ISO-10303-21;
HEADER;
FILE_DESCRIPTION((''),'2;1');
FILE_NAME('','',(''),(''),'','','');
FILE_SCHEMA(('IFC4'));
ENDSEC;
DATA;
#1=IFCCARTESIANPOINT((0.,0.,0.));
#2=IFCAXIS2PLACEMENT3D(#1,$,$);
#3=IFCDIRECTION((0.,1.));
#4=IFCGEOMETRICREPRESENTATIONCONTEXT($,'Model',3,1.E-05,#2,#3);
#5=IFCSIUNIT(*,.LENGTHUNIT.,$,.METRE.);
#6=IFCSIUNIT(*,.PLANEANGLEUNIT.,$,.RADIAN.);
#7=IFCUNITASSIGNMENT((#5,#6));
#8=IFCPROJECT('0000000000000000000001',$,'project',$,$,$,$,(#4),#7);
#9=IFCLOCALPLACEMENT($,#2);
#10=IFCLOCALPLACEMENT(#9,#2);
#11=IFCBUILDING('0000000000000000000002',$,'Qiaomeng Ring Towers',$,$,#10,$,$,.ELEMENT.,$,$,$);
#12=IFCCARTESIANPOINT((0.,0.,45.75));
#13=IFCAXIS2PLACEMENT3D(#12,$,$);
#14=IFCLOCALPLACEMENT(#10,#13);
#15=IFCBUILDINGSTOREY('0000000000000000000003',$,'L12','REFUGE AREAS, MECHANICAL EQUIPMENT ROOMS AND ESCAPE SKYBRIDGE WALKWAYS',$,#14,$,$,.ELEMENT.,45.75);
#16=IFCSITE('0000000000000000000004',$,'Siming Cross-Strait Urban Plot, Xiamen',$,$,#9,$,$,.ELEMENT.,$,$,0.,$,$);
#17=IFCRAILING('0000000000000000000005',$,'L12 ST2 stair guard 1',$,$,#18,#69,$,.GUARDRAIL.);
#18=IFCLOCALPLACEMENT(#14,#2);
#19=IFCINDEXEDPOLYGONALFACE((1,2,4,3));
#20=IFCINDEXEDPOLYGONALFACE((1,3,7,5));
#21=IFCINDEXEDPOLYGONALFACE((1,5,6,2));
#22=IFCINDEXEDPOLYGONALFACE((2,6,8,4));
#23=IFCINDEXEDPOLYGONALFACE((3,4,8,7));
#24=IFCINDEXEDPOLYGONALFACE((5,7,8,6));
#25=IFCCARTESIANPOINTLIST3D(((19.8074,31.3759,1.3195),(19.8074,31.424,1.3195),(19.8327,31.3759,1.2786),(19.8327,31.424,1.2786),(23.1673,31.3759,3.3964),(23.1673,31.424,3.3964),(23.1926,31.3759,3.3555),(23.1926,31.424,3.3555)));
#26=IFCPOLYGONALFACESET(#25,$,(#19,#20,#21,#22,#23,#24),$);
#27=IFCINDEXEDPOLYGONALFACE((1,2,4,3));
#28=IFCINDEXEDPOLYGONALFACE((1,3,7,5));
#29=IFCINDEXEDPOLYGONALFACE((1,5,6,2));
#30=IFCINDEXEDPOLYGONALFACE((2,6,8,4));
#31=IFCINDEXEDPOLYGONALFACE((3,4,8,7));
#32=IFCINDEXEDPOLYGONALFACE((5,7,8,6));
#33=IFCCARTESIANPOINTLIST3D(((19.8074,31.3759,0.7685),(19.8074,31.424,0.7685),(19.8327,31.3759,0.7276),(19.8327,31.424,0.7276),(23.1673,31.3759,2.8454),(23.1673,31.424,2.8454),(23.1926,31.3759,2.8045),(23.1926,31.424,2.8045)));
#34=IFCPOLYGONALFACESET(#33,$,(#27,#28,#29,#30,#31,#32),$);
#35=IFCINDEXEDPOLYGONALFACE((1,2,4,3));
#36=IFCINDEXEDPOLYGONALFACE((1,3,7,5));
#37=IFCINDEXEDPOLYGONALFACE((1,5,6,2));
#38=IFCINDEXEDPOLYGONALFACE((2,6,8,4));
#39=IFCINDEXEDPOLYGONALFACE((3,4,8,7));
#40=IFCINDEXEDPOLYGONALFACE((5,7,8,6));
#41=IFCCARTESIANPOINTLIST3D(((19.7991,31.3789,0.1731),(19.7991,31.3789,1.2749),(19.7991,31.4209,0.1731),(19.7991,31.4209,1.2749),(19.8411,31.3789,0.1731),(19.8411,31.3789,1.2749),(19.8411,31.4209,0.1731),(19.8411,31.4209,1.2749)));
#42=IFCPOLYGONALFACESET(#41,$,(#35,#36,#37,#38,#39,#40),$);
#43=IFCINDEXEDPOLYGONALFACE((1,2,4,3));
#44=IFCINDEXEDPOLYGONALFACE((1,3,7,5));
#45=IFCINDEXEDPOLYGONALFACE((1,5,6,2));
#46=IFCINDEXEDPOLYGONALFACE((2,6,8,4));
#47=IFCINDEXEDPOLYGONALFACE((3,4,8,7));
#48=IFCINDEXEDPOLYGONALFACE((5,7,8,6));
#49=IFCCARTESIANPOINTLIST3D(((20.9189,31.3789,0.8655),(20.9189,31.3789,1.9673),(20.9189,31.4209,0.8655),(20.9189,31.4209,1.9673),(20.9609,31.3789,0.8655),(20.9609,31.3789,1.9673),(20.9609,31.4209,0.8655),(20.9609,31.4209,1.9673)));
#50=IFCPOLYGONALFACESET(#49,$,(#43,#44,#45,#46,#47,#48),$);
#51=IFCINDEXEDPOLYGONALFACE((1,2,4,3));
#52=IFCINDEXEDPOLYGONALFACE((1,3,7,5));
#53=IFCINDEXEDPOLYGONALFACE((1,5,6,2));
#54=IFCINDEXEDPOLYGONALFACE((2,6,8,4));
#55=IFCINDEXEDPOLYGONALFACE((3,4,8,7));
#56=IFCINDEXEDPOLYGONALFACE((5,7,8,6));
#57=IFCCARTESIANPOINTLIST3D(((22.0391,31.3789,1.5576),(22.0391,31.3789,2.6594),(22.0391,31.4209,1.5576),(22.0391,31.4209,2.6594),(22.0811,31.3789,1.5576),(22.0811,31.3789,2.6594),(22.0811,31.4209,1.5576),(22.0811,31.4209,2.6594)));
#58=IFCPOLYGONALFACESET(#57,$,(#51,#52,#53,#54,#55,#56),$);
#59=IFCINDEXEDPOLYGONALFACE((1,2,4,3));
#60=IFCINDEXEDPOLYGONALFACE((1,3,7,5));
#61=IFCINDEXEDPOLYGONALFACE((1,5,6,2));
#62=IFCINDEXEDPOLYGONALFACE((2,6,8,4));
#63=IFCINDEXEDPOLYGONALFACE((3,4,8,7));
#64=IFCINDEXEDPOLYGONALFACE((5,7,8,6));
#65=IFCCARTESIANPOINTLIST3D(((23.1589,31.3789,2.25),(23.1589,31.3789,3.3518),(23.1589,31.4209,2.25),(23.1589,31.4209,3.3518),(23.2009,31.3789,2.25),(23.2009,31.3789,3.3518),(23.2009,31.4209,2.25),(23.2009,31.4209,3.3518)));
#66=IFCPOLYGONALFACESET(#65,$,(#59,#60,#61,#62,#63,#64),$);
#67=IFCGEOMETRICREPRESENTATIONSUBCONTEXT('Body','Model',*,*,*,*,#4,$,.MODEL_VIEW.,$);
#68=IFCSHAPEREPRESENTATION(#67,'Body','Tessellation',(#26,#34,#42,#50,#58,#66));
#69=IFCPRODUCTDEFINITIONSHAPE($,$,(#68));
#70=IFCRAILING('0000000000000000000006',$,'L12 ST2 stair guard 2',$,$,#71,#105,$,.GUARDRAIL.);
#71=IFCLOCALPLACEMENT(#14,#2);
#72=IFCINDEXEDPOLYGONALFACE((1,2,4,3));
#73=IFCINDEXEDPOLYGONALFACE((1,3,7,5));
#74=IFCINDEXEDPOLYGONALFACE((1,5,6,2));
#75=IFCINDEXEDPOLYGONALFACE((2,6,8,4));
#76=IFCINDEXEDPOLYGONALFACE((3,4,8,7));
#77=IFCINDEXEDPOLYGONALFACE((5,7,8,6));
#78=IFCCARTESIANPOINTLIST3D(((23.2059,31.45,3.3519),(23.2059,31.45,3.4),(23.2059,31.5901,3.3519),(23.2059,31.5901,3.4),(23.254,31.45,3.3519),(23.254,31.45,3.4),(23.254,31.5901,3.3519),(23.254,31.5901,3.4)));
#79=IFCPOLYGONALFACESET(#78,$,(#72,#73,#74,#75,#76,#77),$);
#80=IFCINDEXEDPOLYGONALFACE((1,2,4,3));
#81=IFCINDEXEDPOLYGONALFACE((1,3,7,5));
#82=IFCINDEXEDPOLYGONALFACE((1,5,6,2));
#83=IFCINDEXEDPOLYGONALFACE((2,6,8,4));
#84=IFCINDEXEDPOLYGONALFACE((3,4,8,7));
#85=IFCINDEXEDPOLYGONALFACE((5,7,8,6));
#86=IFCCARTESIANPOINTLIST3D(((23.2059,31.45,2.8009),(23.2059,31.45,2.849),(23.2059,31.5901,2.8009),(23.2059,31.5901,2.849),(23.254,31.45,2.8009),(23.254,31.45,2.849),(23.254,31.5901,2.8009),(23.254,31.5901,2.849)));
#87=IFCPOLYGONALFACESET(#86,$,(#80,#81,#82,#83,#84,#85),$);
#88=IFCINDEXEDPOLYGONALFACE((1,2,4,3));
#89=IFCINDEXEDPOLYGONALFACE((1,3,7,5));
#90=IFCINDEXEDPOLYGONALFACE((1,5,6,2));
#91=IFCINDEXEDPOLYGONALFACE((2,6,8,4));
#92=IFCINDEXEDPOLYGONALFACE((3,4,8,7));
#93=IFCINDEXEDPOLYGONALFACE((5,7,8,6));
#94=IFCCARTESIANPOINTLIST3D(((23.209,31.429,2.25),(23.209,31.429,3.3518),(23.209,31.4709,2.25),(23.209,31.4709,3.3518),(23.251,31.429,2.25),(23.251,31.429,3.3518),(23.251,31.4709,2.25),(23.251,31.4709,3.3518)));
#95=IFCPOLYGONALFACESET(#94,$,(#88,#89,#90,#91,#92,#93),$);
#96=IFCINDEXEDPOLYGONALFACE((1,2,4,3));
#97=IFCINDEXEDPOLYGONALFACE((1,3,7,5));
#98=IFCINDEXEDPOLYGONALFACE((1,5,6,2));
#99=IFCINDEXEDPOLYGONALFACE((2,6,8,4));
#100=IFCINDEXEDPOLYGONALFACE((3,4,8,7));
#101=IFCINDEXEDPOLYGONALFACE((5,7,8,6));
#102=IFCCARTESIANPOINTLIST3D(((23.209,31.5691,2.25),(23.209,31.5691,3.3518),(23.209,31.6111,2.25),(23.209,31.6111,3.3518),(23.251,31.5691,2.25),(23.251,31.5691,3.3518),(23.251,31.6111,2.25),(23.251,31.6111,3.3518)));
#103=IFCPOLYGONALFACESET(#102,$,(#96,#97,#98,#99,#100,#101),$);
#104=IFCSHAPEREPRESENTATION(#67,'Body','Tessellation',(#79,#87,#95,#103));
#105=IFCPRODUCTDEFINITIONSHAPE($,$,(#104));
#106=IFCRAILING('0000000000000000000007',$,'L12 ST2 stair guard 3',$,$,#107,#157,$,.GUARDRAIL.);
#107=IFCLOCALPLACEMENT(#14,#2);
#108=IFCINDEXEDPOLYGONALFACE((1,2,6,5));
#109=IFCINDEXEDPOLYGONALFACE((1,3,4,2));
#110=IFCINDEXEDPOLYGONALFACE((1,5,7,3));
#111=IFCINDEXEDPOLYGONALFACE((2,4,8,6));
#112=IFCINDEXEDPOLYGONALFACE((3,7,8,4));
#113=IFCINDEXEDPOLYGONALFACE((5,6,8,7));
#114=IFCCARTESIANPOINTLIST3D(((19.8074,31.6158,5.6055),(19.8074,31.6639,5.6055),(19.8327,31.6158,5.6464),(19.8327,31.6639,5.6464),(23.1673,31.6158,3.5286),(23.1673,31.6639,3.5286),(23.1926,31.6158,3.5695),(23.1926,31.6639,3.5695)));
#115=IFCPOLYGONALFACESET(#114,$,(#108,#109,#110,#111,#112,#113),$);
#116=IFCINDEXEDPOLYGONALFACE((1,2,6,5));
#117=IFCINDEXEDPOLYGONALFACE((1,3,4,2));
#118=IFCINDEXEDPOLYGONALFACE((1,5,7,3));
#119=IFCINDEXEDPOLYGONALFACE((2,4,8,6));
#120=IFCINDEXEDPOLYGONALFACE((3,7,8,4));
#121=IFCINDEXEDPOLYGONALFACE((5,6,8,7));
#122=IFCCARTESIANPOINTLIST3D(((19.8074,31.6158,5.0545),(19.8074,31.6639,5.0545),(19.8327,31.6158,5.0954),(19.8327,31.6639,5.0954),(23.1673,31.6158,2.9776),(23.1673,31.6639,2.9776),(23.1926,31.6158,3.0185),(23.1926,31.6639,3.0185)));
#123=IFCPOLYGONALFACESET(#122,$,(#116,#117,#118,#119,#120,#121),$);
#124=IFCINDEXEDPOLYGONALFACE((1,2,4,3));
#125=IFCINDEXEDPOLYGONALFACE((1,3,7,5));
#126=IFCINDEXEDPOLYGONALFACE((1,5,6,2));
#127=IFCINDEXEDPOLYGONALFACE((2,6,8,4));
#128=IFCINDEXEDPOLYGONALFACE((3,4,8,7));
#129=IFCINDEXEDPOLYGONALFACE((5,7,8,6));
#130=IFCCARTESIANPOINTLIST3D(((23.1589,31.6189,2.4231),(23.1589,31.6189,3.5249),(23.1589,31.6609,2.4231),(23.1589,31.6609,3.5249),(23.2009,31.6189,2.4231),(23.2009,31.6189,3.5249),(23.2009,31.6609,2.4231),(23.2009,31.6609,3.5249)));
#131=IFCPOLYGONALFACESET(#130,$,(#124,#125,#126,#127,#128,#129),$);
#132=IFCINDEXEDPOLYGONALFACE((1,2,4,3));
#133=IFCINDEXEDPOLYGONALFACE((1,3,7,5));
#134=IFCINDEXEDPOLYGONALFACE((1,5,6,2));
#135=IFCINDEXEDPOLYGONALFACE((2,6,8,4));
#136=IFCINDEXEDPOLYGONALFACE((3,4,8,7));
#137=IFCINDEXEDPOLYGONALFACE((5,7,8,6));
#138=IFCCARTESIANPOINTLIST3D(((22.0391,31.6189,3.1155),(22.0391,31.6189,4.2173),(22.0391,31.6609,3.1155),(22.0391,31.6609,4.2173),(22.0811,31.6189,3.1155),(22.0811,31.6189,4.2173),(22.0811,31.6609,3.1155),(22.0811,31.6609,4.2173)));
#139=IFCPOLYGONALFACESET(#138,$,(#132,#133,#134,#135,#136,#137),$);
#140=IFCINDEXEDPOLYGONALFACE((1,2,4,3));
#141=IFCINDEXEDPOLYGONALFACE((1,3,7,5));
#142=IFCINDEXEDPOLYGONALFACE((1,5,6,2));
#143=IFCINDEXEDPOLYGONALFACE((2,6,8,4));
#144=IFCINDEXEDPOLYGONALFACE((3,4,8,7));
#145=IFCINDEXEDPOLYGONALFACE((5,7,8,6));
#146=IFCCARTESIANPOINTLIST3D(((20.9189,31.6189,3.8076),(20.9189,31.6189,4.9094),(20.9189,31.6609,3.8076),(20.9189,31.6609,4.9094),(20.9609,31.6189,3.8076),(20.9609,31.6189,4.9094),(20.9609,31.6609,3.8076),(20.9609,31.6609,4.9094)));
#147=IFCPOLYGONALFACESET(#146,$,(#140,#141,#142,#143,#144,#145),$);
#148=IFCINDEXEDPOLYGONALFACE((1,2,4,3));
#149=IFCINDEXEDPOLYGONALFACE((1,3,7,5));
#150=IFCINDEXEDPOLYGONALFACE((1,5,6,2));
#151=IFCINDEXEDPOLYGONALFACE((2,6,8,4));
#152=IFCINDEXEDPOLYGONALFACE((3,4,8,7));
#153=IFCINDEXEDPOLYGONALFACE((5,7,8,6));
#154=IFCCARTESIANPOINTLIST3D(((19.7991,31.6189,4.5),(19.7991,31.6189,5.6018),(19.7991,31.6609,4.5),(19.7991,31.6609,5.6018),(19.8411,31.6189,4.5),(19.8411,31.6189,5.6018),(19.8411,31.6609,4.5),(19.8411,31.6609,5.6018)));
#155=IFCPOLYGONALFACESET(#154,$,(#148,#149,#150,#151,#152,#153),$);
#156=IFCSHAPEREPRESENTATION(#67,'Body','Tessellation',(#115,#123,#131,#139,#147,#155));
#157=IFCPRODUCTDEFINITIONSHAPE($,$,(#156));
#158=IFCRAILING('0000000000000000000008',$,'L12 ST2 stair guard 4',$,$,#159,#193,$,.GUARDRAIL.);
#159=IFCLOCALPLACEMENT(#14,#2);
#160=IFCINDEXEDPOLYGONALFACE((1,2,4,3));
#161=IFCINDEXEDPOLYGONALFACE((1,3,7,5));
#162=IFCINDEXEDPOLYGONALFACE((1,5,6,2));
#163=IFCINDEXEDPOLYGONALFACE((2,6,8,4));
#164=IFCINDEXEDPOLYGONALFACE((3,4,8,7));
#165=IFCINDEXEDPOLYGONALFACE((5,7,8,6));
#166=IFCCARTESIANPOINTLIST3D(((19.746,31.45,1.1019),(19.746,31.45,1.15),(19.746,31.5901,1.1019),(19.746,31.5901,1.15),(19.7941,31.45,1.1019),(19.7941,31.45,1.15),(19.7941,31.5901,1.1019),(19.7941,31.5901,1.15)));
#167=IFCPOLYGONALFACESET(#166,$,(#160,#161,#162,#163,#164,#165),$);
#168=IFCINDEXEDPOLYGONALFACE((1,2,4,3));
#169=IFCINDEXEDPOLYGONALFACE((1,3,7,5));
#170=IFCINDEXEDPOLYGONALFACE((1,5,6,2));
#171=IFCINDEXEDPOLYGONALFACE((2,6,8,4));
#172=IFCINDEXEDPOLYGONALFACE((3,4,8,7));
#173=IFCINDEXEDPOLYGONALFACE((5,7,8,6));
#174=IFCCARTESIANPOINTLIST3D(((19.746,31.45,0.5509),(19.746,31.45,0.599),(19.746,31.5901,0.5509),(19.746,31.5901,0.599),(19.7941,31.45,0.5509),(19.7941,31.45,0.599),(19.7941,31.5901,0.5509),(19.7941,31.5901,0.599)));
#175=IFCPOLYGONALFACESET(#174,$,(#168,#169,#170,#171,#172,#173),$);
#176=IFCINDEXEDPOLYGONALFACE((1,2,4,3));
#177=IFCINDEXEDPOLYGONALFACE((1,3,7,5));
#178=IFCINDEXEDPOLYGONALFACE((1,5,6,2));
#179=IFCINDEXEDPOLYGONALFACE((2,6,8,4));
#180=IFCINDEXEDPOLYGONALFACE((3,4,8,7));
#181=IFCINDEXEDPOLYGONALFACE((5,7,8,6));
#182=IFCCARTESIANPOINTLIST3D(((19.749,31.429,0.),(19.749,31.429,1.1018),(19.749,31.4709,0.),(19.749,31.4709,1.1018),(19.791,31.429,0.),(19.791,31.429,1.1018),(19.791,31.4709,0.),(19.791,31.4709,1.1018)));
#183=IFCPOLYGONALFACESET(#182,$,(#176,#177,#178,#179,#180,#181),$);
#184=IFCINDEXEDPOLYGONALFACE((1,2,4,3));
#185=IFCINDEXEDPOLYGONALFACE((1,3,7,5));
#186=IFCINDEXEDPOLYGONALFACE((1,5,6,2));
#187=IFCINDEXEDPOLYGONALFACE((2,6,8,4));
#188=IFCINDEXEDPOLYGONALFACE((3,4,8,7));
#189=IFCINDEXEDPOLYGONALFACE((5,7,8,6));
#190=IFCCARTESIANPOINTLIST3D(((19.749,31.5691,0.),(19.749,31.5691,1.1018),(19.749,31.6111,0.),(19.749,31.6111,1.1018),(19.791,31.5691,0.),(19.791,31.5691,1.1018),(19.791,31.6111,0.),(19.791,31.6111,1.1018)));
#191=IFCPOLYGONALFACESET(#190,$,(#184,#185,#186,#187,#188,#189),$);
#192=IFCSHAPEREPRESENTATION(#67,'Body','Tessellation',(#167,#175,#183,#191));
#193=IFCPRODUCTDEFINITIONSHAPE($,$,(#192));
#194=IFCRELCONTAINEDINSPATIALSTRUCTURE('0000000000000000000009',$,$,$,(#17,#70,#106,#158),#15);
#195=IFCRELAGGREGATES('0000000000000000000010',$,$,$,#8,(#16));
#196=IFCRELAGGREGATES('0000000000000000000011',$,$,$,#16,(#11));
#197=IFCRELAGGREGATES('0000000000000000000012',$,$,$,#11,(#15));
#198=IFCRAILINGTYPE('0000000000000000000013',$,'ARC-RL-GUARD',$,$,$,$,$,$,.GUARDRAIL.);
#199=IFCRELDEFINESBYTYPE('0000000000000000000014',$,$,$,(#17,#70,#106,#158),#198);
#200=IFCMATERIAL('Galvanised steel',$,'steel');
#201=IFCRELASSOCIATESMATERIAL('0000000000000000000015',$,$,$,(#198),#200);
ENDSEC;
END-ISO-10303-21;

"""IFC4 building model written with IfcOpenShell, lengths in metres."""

from ifc_helpers import new_model, si_unit, direction, frame, origin, origin_2d, place, context, subcontext, project, spatial, rectangle, extrude, material, type_object, element, save


model = new_model("IFC4")

# Units and contexts
model_context = context("Model", 3, precision=1e-05, world=origin(), true_north=direction((0.0, 1.0)))
body_context = subcontext(model_context, "Body", "Model", "MODEL_VIEW")
ifc_project = project(units=[si_unit("LENGTHUNIT", "METRE"), si_unit("PLANEANGLEUNIT", "RADIAN")], contexts=[model_context])

# Site, building, storey
site_placement = place(None, origin())
site = spatial("IfcSite", under=ifc_project, at=site_placement, Name="Siming Cross-Strait Urban Plot, Xiamen", CompositionType="ELEMENT", RefElevation=0.0)
building_placement = place(site_placement, origin())
building = spatial("IfcBuilding", under=site, at=building_placement, Name="Qiaomeng Ring Towers", CompositionType="ELEMENT")
storey_placement = place(building_placement, frame((0.0, 0.0, 45.75)))
storey = spatial("IfcBuildingStorey", under=building, at=storey_placement, Name="L12", Description="REFUGE AREAS, MECHANICAL EQUIPMENT ROOMS AND ESCAPE SKYBRIDGE WALKWAYS", CompositionType="ELEMENT", Elevation=45.75)

# Shared definitions
ifc_material_1 = material(Name="Galvanised steel", Category="steel")

# Railings
railing_type_1 = type_object("IfcRailingType", Name="ARC-RL-GUARD", PredefinedType="GUARDRAIL", material=ifc_material_1)
railing_1_placement = place(storey_placement, frame((19.8201, 31.3999, 0.1731)))
element("IfcRailing", 1, at=railing_1_placement, inside=storey, type_object=railing_type_1, Name="L12 ST2 stair guard 1", PredefinedType="GUARDRAIL", context=body_context, shape_type="SweptSolid", body=[
    extrude(rectangle(XDim=0.0481, YDim=0.0481, at=origin_2d()), frame((0.0, 0.0, 1.126), z_axis=(0.850606, 0.0, 0.525803), x_axis=(0.0, 1.0, 0.0)), (0.0, 0.0, 1.0), 3.95),
    extrude(rectangle(XDim=0.0481, YDim=0.0481, at=origin_2d()), frame((0.0, 0.0, 0.575), z_axis=(0.850606, 0.0, 0.525803), x_axis=(0.0, 1.0, 0.0)), (0.0, 0.0, 1.0), 3.95),
    extrude(rectangle(XDim=0.042, YDim=0.042, at=origin_2d()), origin(), (0.0, 0.0, 1.0), 1.1018),
    extrude(rectangle(XDim=0.042, YDim=0.042, at=origin_2d()), frame((1.1199, 0.0, 0.6924)), (0.0, 0.0, 1.0), 1.1018),
    extrude(rectangle(XDim=0.042, YDim=0.042, at=origin_2d()), frame((2.24, 0.0, 1.3845)), (0.0, 0.0, 1.0), 1.1018),
    extrude(rectangle(XDim=0.042, YDim=0.042, at=origin_2d()), frame((3.3599, 0.0, 2.0769)), (0.0, 0.0, 1.0), 1.1018),
])
railing_2_placement = place(storey_placement, frame((23.23, 31.45, 2.25)))
element("IfcRailing", 2, at=railing_2_placement, inside=storey, type_object=railing_type_1, Name="L12 ST2 stair guard 2", PredefinedType="GUARDRAIL", context=body_context, shape_type="SweptSolid", body=[
    extrude(rectangle(XDim=0.0481, YDim=0.0481, at=origin_2d()), frame((0.0, 0.0, 1.126), z_axis=(0.0, 1.0, 0.0), x_axis=(-1.0, 0.0, 0.0)), (0.0, 0.0, 1.0), 0.1401),
    extrude(rectangle(XDim=0.0481, YDim=0.0481, at=origin_2d()), frame((0.0, 0.0, 0.575), z_axis=(0.0, 1.0, 0.0), x_axis=(-1.0, 0.0, 0.0)), (0.0, 0.0, 1.0), 0.1401),
    extrude(rectangle(XDim=0.042, YDim=0.042, at=origin_2d()), origin(), (0.0, 0.0, 1.0), 1.1018),
    extrude(rectangle(XDim=0.042, YDim=0.042, at=origin_2d()), frame((0.0, 0.1401, 0.0)), (0.0, 0.0, 1.0), 1.1018),
])
railing_3_placement = place(storey_placement, frame((23.1799, 31.6399, 2.4231)))
element("IfcRailing", 3, at=railing_3_placement, inside=storey, type_object=railing_type_1, Name="L12 ST2 stair guard 3", PredefinedType="GUARDRAIL", context=body_context, shape_type="SweptSolid", body=[
    extrude(rectangle(XDim=0.0481, YDim=0.0481, at=origin_2d()), frame((0.0, 0.0, 1.126), z_axis=(-0.850606, 0.0, 0.525803), x_axis=(0.0, -1.0, 0.0)), (0.0, 0.0, 1.0), 3.95),
    extrude(rectangle(XDim=0.0481, YDim=0.0481, at=origin_2d()), frame((0.0, 0.0, 0.575), z_axis=(-0.850606, 0.0, 0.525803), x_axis=(0.0, -1.0, 0.0)), (0.0, 0.0, 1.0), 3.95),
    extrude(rectangle(XDim=0.042, YDim=0.042, at=origin_2d()), origin(), (0.0, 0.0, 1.0), 1.1018),
    extrude(rectangle(XDim=0.042, YDim=0.042, at=origin_2d()), frame((-1.1199, 0.0, 0.6924)), (0.0, 0.0, 1.0), 1.1018),
    extrude(rectangle(XDim=0.042, YDim=0.042, at=origin_2d()), frame((-2.24, 0.0, 1.3845)), (0.0, 0.0, 1.0), 1.1018),
    extrude(rectangle(XDim=0.042, YDim=0.042, at=origin_2d()), frame((-3.3599, 0.0, 2.0769)), (0.0, 0.0, 1.0), 1.1018),
])
railing_4_placement = place(storey_placement, frame((19.77, 31.45, 0.0)))
element("IfcRailing", 4, at=railing_4_placement, inside=storey, type_object=railing_type_1, Name="L12 ST2 stair guard 4", PredefinedType="GUARDRAIL", context=body_context, shape_type="SweptSolid", body=[
    extrude(rectangle(XDim=0.0481, YDim=0.0481, at=origin_2d()), frame((0.0, 0.0, 1.126), z_axis=(0.0, 1.0, 0.0), x_axis=(-1.0, 0.0, 0.0)), (0.0, 0.0, 1.0), 0.1401),
    extrude(rectangle(XDim=0.0481, YDim=0.0481, at=origin_2d()), frame((0.0, 0.0, 0.575), z_axis=(0.0, 1.0, 0.0), x_axis=(-1.0, 0.0, 0.0)), (0.0, 0.0, 1.0), 0.1401),
    extrude(rectangle(XDim=0.042, YDim=0.042, at=origin_2d()), origin(), (0.0, 0.0, 1.0), 1.1018),
    extrude(rectangle(XDim=0.042, YDim=0.042, at=origin_2d()), frame((0.0, 0.1401, 0.0)), (0.0, 0.0, 1.0), 1.1018),
])

save(model, "model.ifc")
